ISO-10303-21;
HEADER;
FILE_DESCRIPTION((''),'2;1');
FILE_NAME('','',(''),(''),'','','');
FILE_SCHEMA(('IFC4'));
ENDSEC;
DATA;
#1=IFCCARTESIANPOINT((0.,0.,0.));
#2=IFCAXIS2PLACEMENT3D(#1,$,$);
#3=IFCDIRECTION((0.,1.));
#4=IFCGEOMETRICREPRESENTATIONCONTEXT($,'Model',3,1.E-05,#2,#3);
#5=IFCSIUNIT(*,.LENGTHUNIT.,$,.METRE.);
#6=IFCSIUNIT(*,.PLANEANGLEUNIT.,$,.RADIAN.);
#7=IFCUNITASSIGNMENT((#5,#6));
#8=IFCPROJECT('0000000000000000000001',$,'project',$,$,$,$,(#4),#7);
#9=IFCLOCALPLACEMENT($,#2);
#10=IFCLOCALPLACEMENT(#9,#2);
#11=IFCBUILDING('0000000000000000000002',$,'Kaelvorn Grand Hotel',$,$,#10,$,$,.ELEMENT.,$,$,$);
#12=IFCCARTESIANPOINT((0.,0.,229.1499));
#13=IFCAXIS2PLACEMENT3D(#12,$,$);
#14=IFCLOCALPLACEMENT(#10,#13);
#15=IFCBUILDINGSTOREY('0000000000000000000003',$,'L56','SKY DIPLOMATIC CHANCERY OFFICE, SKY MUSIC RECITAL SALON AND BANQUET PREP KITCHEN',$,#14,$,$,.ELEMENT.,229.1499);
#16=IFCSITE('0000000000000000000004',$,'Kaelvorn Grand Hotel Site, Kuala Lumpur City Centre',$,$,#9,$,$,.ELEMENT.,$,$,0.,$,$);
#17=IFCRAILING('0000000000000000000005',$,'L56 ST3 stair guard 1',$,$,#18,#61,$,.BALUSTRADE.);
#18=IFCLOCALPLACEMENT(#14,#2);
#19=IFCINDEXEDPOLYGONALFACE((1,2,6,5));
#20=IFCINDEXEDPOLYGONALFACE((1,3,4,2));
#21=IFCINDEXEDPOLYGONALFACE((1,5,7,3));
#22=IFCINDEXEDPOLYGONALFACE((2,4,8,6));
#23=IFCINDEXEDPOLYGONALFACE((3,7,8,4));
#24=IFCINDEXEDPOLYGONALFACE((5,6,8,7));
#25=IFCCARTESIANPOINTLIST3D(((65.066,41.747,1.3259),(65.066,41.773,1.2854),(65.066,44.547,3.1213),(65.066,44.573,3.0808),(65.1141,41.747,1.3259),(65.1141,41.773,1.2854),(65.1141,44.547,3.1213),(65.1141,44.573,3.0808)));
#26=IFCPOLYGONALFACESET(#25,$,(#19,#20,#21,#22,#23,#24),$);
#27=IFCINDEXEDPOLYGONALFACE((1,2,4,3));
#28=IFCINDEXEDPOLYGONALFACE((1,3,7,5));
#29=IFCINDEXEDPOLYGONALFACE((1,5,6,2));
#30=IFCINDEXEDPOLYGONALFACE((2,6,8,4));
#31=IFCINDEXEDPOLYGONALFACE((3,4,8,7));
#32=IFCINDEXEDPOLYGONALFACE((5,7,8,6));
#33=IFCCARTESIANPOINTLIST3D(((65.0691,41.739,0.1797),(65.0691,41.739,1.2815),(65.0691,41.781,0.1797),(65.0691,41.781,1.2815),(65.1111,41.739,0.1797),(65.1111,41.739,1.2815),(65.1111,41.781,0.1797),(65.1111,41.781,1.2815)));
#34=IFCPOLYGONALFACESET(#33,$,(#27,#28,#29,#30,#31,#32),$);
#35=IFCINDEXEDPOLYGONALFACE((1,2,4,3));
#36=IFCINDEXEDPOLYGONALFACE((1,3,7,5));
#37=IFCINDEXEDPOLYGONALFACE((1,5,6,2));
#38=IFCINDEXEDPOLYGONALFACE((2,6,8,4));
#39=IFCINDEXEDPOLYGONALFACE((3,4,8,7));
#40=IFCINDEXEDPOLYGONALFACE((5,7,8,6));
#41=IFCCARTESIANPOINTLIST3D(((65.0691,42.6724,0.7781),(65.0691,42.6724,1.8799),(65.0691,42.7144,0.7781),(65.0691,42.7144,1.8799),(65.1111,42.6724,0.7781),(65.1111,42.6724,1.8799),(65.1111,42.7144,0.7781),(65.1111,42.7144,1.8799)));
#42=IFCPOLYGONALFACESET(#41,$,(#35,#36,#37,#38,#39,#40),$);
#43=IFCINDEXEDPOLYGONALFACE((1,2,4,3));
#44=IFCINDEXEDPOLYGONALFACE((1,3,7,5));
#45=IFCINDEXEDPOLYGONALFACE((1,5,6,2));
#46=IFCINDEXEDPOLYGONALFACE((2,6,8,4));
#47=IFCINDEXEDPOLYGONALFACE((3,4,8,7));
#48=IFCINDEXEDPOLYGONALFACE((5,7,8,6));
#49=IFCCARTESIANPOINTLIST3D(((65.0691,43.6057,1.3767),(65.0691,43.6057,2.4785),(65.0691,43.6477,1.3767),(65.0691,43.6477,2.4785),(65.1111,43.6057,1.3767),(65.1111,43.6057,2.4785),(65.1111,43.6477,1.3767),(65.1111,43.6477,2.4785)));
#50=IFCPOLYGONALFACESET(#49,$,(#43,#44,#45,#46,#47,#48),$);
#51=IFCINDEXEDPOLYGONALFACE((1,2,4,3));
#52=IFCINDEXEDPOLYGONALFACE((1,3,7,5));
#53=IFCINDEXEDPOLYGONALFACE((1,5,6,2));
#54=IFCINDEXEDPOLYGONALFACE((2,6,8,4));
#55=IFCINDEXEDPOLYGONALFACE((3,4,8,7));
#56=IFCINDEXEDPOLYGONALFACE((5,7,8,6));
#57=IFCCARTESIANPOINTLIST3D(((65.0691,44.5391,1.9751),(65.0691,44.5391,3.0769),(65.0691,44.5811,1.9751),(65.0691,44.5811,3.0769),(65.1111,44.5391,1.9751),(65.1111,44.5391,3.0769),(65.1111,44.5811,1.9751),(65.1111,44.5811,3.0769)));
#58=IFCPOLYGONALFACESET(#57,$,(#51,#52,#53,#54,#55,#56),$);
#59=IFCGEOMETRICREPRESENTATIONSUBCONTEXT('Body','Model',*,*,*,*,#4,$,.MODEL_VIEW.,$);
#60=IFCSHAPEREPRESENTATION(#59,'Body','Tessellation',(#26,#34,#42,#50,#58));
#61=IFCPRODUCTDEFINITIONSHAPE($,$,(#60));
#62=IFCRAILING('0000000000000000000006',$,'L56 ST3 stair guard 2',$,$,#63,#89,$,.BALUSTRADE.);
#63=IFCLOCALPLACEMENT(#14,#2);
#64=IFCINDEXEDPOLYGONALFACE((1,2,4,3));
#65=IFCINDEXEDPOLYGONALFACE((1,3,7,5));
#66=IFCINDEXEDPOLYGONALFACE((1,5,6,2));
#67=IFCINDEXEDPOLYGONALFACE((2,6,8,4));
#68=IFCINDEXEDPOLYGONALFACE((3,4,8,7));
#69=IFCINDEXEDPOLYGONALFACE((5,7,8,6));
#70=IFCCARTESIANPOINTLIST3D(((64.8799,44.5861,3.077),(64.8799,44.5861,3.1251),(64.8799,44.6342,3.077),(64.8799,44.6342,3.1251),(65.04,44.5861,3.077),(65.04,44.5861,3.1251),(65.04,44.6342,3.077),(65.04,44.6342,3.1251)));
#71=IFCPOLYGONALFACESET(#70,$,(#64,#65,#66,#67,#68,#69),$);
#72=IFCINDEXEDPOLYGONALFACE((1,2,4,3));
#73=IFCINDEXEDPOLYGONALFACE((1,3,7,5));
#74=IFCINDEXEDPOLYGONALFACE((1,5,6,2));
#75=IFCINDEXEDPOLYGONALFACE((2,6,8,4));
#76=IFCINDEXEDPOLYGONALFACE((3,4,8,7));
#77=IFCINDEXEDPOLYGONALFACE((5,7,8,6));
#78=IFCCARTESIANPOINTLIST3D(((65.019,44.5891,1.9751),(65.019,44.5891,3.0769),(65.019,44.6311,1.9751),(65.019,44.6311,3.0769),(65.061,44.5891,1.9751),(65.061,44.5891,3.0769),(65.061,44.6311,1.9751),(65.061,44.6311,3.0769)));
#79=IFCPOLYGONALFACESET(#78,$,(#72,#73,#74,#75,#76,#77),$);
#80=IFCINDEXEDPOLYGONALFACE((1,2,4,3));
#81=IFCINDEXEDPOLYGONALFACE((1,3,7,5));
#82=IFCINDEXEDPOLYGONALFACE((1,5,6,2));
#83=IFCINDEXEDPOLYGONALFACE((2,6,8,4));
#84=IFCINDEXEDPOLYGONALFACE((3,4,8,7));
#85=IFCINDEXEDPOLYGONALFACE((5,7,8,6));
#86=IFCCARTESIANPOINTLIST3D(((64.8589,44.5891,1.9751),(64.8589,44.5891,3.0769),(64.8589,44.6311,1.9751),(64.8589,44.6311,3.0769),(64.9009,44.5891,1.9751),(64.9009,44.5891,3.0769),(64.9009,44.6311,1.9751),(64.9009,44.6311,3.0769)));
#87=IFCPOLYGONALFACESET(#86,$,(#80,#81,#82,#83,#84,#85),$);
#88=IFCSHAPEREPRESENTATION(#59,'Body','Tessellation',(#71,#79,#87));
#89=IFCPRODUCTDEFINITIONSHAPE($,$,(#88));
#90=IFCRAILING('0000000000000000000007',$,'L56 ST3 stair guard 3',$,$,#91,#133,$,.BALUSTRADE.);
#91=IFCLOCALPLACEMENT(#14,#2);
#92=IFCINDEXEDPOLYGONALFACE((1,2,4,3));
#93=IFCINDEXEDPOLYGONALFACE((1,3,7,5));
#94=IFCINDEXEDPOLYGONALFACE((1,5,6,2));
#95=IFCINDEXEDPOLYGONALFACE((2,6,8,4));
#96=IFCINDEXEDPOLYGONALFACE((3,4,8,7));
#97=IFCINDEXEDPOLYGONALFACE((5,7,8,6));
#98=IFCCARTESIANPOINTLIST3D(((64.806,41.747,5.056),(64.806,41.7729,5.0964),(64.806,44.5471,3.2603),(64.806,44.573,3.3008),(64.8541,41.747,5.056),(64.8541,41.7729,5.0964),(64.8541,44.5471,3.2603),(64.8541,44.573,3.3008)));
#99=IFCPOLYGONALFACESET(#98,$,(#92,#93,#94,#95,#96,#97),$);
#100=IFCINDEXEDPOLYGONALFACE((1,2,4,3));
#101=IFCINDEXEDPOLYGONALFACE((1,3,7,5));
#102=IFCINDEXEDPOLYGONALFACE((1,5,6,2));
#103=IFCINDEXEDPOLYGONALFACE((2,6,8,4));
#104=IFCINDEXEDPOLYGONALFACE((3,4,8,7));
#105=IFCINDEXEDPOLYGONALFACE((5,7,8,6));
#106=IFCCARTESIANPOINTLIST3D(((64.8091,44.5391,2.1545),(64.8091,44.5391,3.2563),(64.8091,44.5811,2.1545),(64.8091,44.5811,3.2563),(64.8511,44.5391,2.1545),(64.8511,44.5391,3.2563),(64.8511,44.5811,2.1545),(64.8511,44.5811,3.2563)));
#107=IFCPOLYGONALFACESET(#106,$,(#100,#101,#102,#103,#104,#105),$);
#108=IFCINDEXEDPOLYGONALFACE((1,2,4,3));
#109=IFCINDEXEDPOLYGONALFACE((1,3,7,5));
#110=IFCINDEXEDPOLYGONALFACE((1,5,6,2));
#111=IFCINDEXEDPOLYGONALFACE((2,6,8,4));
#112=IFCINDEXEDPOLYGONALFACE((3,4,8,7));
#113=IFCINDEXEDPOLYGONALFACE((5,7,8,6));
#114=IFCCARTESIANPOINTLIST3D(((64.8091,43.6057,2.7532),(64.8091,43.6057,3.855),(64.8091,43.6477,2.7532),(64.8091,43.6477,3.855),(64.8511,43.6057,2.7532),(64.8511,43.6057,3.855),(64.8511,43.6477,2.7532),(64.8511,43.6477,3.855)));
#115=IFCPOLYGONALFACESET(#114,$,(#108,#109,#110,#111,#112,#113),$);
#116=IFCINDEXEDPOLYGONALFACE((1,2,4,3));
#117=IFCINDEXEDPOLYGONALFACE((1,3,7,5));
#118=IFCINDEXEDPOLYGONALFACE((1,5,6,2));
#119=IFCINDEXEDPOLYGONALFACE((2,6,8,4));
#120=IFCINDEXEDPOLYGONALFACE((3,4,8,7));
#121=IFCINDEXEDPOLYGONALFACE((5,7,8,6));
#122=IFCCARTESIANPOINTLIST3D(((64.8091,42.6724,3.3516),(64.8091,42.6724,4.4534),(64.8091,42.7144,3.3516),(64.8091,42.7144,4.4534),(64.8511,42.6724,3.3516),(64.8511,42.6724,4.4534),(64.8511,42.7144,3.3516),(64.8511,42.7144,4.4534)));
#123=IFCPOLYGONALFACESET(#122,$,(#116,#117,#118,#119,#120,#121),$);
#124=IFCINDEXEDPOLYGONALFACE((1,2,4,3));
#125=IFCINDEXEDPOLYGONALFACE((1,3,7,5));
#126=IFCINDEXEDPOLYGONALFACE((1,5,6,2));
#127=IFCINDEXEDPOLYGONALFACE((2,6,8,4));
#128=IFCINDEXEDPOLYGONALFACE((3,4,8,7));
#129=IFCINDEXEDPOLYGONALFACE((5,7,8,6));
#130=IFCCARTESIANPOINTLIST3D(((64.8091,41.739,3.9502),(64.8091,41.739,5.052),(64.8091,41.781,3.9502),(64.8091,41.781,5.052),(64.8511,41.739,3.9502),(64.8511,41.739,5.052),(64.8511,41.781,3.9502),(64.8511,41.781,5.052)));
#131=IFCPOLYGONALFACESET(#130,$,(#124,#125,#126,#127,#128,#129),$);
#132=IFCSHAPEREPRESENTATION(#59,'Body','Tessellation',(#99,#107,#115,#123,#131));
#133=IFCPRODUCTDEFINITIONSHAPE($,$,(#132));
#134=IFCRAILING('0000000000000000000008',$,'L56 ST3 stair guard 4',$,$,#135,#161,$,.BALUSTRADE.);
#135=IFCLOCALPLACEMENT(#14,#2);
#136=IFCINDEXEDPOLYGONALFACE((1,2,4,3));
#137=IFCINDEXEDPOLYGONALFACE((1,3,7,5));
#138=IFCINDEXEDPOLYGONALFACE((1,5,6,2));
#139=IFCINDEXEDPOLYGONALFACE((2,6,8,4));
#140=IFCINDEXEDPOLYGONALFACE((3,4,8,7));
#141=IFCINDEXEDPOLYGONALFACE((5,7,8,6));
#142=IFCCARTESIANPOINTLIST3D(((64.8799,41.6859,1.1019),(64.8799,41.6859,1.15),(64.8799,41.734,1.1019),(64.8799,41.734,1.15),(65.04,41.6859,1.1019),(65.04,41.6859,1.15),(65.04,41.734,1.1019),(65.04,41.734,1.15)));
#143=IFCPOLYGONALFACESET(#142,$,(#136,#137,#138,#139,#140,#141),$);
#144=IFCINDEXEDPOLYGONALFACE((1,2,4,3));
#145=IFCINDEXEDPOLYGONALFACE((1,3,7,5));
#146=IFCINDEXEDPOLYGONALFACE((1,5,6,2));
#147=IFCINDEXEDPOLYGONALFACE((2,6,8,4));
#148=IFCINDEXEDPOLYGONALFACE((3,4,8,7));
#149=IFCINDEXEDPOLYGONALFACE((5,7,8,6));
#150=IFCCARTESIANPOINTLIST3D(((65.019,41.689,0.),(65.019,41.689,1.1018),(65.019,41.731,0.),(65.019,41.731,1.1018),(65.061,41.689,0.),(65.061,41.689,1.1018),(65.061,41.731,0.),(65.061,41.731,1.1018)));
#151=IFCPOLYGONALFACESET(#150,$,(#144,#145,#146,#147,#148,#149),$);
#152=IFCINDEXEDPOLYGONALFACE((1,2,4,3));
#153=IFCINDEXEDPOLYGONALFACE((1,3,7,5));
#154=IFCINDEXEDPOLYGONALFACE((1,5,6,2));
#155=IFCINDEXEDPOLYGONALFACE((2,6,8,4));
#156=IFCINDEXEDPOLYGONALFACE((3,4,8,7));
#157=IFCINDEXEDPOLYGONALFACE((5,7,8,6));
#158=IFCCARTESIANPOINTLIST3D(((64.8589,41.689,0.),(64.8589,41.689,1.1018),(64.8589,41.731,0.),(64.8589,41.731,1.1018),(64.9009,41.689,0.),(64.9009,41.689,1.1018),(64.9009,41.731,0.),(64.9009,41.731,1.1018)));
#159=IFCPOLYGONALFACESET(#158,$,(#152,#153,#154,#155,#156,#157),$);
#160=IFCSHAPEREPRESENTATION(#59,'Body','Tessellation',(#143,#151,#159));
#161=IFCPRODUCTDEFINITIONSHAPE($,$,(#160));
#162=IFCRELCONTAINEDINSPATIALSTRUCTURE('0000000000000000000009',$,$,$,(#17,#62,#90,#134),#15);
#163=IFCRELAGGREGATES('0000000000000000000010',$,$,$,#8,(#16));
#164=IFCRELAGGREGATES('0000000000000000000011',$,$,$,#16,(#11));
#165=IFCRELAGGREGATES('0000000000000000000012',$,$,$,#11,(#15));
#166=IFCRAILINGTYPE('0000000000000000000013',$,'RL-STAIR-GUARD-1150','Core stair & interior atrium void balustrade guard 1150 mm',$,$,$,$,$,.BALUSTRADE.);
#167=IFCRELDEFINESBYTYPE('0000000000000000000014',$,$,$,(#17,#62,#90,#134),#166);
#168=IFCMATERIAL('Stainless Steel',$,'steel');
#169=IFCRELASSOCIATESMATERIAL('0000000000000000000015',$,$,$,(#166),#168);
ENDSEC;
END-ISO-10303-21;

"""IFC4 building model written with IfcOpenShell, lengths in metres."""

from ifc_helpers import new_model, si_unit, direction, frame, origin, origin_2d, place, context, subcontext, project, spatial, rectangle, extrude, material, type_object, element, save


model = new_model("IFC4")

# Units and contexts
model_context = context("Model", 3, precision=1e-05, world=origin(), true_north=direction((0.0, 1.0)))
body_context = subcontext(model_context, "Body", "Model", "MODEL_VIEW")
ifc_project = project(units=[si_unit("LENGTHUNIT", "METRE"), si_unit("PLANEANGLEUNIT", "RADIAN")], contexts=[model_context])

# Site, building, storey
site_placement = place(None, origin())
site = spatial("IfcSite", under=ifc_project, at=site_placement, Name="Kaelvorn Grand Hotel Site, Kuala Lumpur City Centre", CompositionType="ELEMENT", RefElevation=0.0)
building_placement = place(site_placement, origin())
building = spatial("IfcBuilding", under=site, at=building_placement, Name="Kaelvorn Grand Hotel", CompositionType="ELEMENT")
storey_placement = place(building_placement, frame((0.0, 0.0, 229.1499)))
storey = spatial("IfcBuildingStorey", under=building, at=storey_placement, Name="L56", Description="SKY DIPLOMATIC CHANCERY OFFICE, SKY MUSIC RECITAL SALON AND BANQUET PREP KITCHEN", CompositionType="ELEMENT", Elevation=229.1499)

# Shared definitions
ifc_material_1 = material(Name="Stainless Steel", Category="steel")

# Railings
railing_type_1 = type_object("IfcRailingType", Name="RL-STAIR-GUARD-1150", Description="Core stair & interior atrium void balustrade guard 1150 mm", PredefinedType="BALUSTRADE", material=ifc_material_1)
railing_1_placement = place(storey_placement, frame((65.0901, 41.76, 0.1797)))
element("IfcRailing", 1, at=railing_1_placement, inside=storey, type_object=railing_type_1, Name="L56 ST3 stair guard 1", PredefinedType="BALUSTRADE", context=body_context, shape_type="SweptSolid", body=[
    extrude(rectangle(XDim=0.0481, YDim=0.0481, at=origin_2d()), frame((0.0, 0.0, 1.126), z_axis=(0.0, 0.84181, 0.539774), x_axis=(-1.0, 0.0, 0.0)), (0.0, 0.0, 1.0), 3.3262),
    extrude(rectangle(XDim=0.042, YDim=0.042, at=origin_2d()), origin(), (0.0, 0.0, 1.0), 1.1018),
    extrude(rectangle(XDim=0.042, YDim=0.042, at=origin_2d()), frame((0.0, 0.9333, 0.5984)), (0.0, 0.0, 1.0), 1.1018),
    extrude(rectangle(XDim=0.042, YDim=0.042, at=origin_2d()), frame((0.0, 1.8667, 1.197)), (0.0, 0.0, 1.0), 1.1018),
    extrude(rectangle(XDim=0.042, YDim=0.042, at=origin_2d()), frame((0.0, 2.8, 1.7954)), (0.0, 0.0, 1.0), 1.1018),
])
railing_2_placement = place(storey_placement, frame((65.04, 44.6101, 1.9751)))
element("IfcRailing", 2, at=railing_2_placement, inside=storey, type_object=railing_type_1, Name="L56 ST3 stair guard 2", PredefinedType="BALUSTRADE", context=body_context, shape_type="SweptSolid", body=[
    extrude(rectangle(XDim=0.0481, YDim=0.0481, at=origin_2d()), frame((0.0, 0.0, 1.126), z_axis=(-1.0, 0.0, 0.0), x_axis=(0.0, -1.0, 0.0)), (0.0, 0.0, 1.0), 0.1602),
    extrude(rectangle(XDim=0.042, YDim=0.042, at=origin_2d()), origin(), (0.0, 0.0, 1.0), 1.1018),
    extrude(rectangle(XDim=0.042, YDim=0.042, at=origin_2d()), frame((-0.1602, 0.0, 0.0)), (0.0, 0.0, 1.0), 1.1018),
])
railing_3_placement = place(storey_placement, frame((64.8301, 44.5601, 2.1545)))
element("IfcRailing", 3, at=railing_3_placement, inside=storey, type_object=railing_type_1, Name="L56 ST3 stair guard 3", PredefinedType="BALUSTRADE", context=body_context, shape_type="SweptSolid", body=[
    extrude(rectangle(XDim=0.0481, YDim=0.0481, at=origin_2d()), frame((0.0, 0.0, 1.126), z_axis=(0.0, -0.841777, 0.539826), x_axis=(1.0, 0.0, 0.0)), (0.0, 0.0, 1.0), 3.3264),
    extrude(rectangle(XDim=0.042, YDim=0.042, at=origin_2d()), origin(), (0.0, 0.0, 1.0), 1.1018),
    extrude(rectangle(XDim=0.042, YDim=0.042, at=origin_2d()), frame((0.0, -0.9333, 0.5986)), (0.0, 0.0, 1.0), 1.1018),
    extrude(rectangle(XDim=0.042, YDim=0.042, at=origin_2d()), frame((0.0, -1.8667, 1.197)), (0.0, 0.0, 1.0), 1.1018),
    extrude(rectangle(XDim=0.042, YDim=0.042, at=origin_2d()), frame((0.0, -2.8, 1.7957)), (0.0, 0.0, 1.0), 1.1018),
])
railing_4_placement = place(storey_placement, frame((65.04, 41.71, 0.0)))
element("IfcRailing", 4, at=railing_4_placement, inside=storey, type_object=railing_type_1, Name="L56 ST3 stair guard 4", PredefinedType="BALUSTRADE", context=body_context, shape_type="SweptSolid", body=[
    extrude(rectangle(XDim=0.0481, YDim=0.0481, at=origin_2d()), frame((0.0, 0.0, 1.126), z_axis=(-1.0, 0.0, 0.0), x_axis=(0.0, -1.0, 0.0)), (0.0, 0.0, 1.0), 0.1602),
    extrude(rectangle(XDim=0.042, YDim=0.042, at=origin_2d()), origin(), (0.0, 0.0, 1.0), 1.1018),
    extrude(rectangle(XDim=0.042, YDim=0.042, at=origin_2d()), frame((-0.1602, 0.0, 0.0)), (0.0, 0.0, 1.0), 1.1018),
])

save(model, "model.ifc")
